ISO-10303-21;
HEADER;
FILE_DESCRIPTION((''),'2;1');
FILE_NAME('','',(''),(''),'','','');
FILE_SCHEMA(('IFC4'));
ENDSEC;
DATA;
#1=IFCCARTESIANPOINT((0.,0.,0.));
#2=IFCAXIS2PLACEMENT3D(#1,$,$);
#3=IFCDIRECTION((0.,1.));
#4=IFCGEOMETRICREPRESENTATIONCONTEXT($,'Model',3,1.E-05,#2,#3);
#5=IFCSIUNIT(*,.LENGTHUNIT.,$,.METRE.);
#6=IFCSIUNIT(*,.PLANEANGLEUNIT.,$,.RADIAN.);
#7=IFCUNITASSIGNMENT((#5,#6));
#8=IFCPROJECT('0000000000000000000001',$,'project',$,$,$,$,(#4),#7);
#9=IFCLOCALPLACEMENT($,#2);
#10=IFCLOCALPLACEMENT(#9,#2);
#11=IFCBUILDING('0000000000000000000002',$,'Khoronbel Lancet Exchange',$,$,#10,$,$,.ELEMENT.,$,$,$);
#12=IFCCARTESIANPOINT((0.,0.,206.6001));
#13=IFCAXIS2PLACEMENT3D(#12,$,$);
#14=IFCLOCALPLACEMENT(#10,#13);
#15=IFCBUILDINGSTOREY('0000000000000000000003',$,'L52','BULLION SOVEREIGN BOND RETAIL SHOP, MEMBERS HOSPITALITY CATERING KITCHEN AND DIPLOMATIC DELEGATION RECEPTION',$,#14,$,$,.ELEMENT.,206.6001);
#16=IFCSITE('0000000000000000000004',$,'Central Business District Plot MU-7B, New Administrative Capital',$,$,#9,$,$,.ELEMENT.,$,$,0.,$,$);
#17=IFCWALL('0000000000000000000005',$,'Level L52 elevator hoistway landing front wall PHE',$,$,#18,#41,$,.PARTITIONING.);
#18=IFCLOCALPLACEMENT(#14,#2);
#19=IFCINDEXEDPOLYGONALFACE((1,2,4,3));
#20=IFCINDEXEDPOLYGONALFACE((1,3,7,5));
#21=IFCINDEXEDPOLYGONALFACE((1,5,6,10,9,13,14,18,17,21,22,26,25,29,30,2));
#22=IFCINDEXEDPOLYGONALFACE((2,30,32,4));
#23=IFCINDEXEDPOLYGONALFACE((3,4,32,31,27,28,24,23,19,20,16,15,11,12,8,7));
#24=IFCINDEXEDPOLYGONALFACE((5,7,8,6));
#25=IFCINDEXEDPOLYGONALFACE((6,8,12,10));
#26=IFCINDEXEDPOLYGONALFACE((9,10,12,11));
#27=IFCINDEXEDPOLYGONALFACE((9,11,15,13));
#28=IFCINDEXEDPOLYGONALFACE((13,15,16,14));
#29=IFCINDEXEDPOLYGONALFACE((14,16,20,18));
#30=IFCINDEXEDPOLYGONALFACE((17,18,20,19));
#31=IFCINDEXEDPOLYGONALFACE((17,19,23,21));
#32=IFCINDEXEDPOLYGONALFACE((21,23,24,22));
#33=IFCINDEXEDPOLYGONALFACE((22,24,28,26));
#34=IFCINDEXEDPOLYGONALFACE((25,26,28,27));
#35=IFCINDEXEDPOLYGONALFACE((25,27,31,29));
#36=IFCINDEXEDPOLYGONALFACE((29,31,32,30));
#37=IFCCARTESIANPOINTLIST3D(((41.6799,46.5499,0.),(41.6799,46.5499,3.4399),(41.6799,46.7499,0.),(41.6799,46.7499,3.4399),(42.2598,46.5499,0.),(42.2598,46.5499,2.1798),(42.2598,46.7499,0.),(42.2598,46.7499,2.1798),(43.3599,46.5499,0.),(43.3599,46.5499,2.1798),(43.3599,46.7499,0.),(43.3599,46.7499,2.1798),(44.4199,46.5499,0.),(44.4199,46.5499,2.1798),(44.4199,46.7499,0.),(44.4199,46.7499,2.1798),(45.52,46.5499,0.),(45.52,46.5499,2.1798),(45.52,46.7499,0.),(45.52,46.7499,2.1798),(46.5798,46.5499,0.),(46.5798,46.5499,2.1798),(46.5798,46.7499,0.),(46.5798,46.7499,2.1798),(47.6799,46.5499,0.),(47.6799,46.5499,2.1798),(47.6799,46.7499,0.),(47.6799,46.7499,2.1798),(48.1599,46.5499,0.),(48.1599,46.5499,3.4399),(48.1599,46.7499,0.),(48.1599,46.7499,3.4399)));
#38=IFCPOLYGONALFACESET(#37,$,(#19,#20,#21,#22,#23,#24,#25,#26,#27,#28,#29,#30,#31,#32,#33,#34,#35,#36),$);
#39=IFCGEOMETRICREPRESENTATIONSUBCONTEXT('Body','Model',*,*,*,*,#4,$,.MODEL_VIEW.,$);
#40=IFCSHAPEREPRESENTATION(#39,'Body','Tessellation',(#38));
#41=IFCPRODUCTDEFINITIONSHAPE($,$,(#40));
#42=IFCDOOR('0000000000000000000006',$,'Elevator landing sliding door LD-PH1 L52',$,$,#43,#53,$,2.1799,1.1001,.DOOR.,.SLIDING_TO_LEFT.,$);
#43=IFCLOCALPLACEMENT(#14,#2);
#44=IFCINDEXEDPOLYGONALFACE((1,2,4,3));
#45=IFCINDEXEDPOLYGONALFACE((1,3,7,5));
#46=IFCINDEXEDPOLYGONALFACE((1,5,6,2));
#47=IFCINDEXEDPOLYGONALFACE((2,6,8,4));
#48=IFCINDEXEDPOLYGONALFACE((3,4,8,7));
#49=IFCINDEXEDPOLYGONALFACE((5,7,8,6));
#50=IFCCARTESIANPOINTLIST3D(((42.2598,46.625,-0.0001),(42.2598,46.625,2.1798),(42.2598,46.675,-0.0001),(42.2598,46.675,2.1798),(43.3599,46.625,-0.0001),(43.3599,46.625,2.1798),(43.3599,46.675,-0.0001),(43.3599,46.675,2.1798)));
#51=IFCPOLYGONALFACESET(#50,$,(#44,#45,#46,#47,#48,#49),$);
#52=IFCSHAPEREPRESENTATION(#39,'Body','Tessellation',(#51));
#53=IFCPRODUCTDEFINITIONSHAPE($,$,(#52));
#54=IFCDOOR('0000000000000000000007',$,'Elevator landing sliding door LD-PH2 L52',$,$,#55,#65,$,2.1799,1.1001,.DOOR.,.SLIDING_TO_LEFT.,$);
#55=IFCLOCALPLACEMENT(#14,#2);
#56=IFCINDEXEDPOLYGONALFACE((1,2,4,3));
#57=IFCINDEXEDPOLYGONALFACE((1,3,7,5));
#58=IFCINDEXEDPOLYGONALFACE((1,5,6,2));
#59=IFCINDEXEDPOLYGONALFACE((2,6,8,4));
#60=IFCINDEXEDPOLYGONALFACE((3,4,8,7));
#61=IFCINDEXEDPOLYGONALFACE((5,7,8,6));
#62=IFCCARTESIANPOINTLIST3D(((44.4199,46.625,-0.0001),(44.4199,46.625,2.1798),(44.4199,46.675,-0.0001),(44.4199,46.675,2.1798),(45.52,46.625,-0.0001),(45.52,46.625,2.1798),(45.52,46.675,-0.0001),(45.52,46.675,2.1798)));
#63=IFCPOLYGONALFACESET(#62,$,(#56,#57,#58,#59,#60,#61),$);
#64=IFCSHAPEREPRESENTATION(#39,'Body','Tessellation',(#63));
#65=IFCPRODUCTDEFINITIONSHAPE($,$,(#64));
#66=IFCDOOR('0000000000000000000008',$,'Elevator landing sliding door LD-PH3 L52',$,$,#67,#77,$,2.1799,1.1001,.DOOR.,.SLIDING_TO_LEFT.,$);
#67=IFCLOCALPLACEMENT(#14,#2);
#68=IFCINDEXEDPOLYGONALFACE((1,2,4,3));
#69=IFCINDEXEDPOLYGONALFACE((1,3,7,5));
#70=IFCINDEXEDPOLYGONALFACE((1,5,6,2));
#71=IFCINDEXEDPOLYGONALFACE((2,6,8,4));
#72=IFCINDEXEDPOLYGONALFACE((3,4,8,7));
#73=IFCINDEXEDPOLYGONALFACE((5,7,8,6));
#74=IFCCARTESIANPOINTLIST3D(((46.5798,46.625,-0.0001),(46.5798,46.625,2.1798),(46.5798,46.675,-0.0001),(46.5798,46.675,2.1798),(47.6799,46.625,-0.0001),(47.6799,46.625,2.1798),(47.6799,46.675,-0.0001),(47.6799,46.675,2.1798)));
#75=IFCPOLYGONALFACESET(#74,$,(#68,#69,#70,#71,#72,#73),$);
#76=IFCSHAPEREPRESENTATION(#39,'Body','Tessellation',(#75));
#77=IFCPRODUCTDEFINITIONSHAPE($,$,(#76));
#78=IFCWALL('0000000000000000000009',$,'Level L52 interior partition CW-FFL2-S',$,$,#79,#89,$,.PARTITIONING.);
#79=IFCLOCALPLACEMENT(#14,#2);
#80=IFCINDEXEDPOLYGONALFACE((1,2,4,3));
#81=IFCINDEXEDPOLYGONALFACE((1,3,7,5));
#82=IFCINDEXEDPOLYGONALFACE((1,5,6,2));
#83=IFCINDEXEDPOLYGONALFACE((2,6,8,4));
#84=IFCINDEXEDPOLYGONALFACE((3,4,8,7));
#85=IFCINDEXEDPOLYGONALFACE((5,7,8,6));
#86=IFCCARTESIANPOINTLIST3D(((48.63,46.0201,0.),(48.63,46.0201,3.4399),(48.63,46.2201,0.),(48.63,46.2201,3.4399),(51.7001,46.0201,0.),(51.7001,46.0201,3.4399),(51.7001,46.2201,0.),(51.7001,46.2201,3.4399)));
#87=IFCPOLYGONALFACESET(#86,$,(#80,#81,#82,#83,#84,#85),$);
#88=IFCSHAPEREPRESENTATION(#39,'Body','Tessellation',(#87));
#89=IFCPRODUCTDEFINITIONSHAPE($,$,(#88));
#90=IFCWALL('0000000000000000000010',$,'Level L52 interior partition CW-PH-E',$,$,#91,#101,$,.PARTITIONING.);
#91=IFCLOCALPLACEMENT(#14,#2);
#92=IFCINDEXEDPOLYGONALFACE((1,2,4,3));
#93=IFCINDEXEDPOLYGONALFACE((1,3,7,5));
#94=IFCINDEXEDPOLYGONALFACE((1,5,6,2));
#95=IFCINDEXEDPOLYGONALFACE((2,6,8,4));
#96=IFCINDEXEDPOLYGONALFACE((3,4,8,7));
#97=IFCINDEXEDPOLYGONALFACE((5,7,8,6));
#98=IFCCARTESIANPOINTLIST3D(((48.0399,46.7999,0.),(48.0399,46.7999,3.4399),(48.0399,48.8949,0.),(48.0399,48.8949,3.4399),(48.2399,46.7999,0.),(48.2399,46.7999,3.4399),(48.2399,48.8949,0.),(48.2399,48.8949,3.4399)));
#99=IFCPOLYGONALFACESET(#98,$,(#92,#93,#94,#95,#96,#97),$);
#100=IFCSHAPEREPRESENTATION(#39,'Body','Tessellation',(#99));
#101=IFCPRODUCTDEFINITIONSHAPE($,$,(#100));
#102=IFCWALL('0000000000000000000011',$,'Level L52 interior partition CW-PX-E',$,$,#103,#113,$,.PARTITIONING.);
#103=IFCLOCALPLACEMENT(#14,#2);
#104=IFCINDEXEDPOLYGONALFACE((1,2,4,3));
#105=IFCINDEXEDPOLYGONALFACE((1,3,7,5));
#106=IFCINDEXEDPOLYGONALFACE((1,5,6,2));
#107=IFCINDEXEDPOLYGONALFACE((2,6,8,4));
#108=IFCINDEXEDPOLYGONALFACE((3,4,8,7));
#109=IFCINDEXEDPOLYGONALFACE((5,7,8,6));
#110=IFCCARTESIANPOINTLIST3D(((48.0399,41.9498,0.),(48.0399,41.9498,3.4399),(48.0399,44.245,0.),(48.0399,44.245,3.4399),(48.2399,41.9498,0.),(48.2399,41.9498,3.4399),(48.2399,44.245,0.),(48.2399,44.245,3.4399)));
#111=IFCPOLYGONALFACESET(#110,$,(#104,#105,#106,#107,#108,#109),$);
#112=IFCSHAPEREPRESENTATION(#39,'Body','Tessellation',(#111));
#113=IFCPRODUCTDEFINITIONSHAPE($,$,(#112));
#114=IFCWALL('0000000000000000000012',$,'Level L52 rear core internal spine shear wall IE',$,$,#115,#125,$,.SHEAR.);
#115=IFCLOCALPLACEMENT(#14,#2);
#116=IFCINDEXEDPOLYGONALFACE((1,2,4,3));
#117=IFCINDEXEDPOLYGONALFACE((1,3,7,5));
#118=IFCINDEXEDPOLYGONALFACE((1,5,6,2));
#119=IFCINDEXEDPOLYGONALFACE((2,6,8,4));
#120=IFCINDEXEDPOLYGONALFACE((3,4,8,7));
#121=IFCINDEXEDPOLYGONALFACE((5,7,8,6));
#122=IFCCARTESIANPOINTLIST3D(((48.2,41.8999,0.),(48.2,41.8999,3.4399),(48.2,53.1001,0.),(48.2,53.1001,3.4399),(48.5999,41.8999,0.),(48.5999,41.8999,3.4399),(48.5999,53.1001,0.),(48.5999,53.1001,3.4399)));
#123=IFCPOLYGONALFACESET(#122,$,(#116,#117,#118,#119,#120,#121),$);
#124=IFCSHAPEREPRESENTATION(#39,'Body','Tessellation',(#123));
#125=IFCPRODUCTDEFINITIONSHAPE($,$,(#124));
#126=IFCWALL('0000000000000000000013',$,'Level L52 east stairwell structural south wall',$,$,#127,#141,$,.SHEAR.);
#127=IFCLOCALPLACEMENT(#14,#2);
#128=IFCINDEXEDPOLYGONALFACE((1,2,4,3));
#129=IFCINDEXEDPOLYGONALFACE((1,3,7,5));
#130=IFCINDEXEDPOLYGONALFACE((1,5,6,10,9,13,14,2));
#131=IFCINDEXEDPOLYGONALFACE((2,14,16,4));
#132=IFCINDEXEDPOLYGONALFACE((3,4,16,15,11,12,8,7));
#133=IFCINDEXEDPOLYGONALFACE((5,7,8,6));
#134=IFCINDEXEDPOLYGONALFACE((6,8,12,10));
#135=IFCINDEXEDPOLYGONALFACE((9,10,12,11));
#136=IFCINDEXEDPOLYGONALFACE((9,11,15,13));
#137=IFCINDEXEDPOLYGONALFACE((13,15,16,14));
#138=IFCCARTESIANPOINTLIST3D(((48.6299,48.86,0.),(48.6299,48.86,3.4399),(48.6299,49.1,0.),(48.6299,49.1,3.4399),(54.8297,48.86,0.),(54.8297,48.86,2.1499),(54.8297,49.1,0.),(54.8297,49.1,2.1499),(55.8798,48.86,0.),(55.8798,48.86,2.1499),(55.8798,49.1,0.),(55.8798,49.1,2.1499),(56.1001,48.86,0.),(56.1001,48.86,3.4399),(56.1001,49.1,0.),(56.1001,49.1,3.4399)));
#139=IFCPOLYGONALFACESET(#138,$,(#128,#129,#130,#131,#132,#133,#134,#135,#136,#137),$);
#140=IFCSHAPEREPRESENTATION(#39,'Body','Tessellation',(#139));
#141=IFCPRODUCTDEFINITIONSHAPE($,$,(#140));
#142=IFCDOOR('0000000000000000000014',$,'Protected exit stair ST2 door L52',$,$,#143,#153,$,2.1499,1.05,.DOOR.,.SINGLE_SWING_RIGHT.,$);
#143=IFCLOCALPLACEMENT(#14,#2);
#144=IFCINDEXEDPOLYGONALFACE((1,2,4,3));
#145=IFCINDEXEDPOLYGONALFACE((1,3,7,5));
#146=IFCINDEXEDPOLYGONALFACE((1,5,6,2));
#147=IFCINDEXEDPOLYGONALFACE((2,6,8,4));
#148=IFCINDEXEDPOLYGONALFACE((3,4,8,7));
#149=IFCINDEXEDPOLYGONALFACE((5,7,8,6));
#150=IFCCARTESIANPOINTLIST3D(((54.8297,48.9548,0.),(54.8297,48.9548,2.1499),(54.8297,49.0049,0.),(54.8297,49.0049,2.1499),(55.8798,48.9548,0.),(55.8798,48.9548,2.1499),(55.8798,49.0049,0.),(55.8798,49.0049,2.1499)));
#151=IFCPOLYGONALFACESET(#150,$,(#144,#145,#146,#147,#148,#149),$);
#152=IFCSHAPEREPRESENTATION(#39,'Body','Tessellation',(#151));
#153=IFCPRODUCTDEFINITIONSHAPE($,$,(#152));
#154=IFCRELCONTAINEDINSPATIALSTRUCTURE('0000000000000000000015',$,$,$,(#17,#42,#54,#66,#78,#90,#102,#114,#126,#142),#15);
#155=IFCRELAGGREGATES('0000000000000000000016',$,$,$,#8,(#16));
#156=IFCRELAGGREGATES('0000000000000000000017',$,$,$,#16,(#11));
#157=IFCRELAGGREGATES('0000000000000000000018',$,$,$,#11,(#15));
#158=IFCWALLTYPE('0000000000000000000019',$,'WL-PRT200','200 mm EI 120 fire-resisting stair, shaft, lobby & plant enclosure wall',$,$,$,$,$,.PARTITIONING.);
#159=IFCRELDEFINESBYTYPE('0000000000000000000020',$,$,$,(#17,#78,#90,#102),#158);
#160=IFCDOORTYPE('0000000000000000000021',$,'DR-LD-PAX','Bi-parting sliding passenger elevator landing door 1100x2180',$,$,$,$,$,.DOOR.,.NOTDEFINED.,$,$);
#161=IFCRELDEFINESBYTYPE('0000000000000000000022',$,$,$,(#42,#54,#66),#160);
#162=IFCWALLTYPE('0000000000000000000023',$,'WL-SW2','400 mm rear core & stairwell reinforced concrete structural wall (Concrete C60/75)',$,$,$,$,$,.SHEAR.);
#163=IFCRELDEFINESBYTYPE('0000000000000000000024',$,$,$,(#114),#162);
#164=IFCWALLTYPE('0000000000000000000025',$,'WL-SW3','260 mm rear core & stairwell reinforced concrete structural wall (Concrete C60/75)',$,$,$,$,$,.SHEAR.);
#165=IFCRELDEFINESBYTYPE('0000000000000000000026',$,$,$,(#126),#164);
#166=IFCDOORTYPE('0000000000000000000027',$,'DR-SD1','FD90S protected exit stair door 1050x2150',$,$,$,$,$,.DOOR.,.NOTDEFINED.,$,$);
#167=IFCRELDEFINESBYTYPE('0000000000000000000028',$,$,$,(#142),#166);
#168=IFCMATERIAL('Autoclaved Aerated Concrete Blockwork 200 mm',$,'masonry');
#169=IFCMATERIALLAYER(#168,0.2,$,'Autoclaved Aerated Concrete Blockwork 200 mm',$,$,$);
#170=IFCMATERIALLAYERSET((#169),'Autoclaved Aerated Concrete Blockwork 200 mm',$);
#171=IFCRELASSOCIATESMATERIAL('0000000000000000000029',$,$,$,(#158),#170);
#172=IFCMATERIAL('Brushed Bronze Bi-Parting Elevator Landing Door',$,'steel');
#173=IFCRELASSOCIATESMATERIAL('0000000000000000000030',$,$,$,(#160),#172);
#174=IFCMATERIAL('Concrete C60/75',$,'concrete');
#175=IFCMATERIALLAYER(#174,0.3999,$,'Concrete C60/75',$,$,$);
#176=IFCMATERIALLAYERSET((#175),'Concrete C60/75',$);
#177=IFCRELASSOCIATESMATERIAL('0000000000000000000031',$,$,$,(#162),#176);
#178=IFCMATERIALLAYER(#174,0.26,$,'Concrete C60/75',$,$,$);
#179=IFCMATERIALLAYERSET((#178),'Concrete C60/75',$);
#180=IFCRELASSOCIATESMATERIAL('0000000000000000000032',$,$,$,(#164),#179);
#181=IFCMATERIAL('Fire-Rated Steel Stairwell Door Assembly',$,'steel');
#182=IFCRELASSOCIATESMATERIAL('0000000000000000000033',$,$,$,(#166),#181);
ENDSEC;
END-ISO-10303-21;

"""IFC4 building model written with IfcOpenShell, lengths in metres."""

from ifc_helpers import new_model, si_unit, direction, frame, frame_2d, origin, place, context, subcontext, project, spatial, rectangle, extrude, material, layer, layer_set, type_object, element, fill, save


model = new_model("IFC4")

# Units and contexts
model_context = context("Model", 3, precision=1e-05, world=origin(), true_north=direction((0.0, 1.0)))
body_context = subcontext(model_context, "Body", "Model", "MODEL_VIEW")
ifc_project = project(units=[si_unit("LENGTHUNIT", "METRE"), si_unit("PLANEANGLEUNIT", "RADIAN")], contexts=[model_context])

# Site, building, storey
site_placement = place(None, origin())
site = spatial("IfcSite", under=ifc_project, at=site_placement, Name="Central Business District Plot MU-7B, New Administrative Capital", CompositionType="ELEMENT", RefElevation=0.0)
building_placement = place(site_placement, origin())
building = spatial("IfcBuilding", under=site, at=building_placement, Name="Khoronbel Lancet Exchange", CompositionType="ELEMENT")
storey_placement = place(building_placement, frame((0.0, 0.0, 206.6001)))
storey = spatial("IfcBuildingStorey", under=building, at=storey_placement, Name="L52", Description="BULLION SOVEREIGN BOND RETAIL SHOP, MEMBERS HOSPITALITY CATERING KITCHEN AND DIPLOMATIC DELEGATION RECEPTION", CompositionType="ELEMENT", Elevation=206.6001)

# Shared definitions
ifc_material_1 = material(Name="Autoclaved Aerated Concrete Blockwork 200 mm", Category="masonry")
ifc_layer_1 = layer(ifc_material_1, 0.2, Name="Autoclaved Aerated Concrete Blockwork 200 mm")
ifc_layer_set_1 = layer_set([ifc_layer_1], Name="Autoclaved Aerated Concrete Blockwork 200 mm")
wall_type_1 = type_object("IfcWallType", Name="WL-PRT200", Description="200 mm EI 120 fire-resisting stair, shaft, lobby & plant enclosure wall", PredefinedType="PARTITIONING", material=ifc_layer_set_1)

# Wall, openings, doors
wall_1_placement = place(storey_placement, frame((48.1599, 46.6499, 0.0), z_axis=(0.0, 0.0, 1.0), x_axis=(-1.0, 0.0, 0.0)))
wall_1 = element("IfcWall", 1, at=wall_1_placement, inside=storey, type_object=wall_type_1, Name="Level L52 elevator hoistway landing front wall PHE", PredefinedType="PARTITIONING", context=body_context, shape_type="SweptSolid", body=[
    extrude(rectangle(XDim=6.48, YDim=0.2, at=frame_2d((3.24, 0.0))), origin(), (0.0, 0.0, 1.0), 3.4399),
])
opening_1_placement = place(wall_1_placement, frame((4.8, 0.0, 0.0)))
opening_1 = element("IfcOpeningElement", 2, at=opening_1_placement, cuts=wall_1, PredefinedType="OPENING", context=body_context, shape_type="SweptSolid", body=[
    extrude(rectangle(XDim=1.1001, YDim=2.1799, at=frame_2d((0.55, 1.0898))), frame((0.0, 0.1099, 0.0), z_axis=(0.0, -1.0, 0.0), x_axis=(1.0, 0.0, 0.0)), (0.0, 0.0, 1.0), 0.22),
])
opening_2_placement = place(wall_1_placement, frame((2.6399, 0.0, 0.0)))
opening_2 = element("IfcOpeningElement", 3, at=opening_2_placement, cuts=wall_1, PredefinedType="OPENING", context=body_context, shape_type="SweptSolid", body=[
    extrude(rectangle(XDim=1.1001, YDim=2.1799, at=frame_2d((0.55, 1.0898))), frame((0.0, 0.1099, 0.0), z_axis=(0.0, -1.0, 0.0), x_axis=(1.0, 0.0, 0.0)), (0.0, 0.0, 1.0), 0.22),
])
opening_3_placement = place(wall_1_placement, frame((0.48, 0.0, 0.0)))
opening_3 = element("IfcOpeningElement", 4, at=opening_3_placement, cuts=wall_1, PredefinedType="OPENING", context=body_context, shape_type="SweptSolid", body=[
    extrude(rectangle(XDim=1.1001, YDim=2.1799, at=frame_2d((0.55, 1.0898))), frame((0.0, 0.1099, 0.0), z_axis=(0.0, -1.0, 0.0), x_axis=(1.0, 0.0, 0.0)), (0.0, 0.0, 1.0), 0.22),
])
ifc_material_2 = material(Name="Brushed Bronze Bi-Parting Elevator Landing Door", Category="steel")
door_type_1 = type_object("IfcDoorType", Name="DR-LD-PAX", Description="Bi-parting sliding passenger elevator landing door 1100x2180", OperationType="NOTDEFINED", PredefinedType="DOOR", material=ifc_material_2)
door_1_placement = place(opening_1_placement, origin())
door_1 = element("IfcDoor", 5, at=door_1_placement, inside=storey, type_object=door_type_1, Name="Elevator landing sliding door LD-PH1 L52", OperationType="SLIDING_TO_LEFT", OverallHeight=2.1799, OverallWidth=1.1001, PredefinedType="DOOR", context=body_context, shape_type="SweptSolid", body=[
    extrude(rectangle(XDim=1.1001, YDim=2.1799, at=frame_2d((0.55, 1.0898))), frame((0.0, 0.0249, 0.0), z_axis=(0.0, -1.0, 0.0), x_axis=(1.0, 0.0, 0.0)), (0.0, 0.0, 1.0), 0.05),
])
fill(opening_1, door_1)
door_2_placement = place(opening_2_placement, origin())
door_2 = element("IfcDoor", 6, at=door_2_placement, inside=storey, type_object=door_type_1, Name="Elevator landing sliding door LD-PH2 L52", OperationType="SLIDING_TO_LEFT", OverallHeight=2.1799, OverallWidth=1.1001, PredefinedType="DOOR", context=body_context, shape_type="SweptSolid", body=[
    extrude(rectangle(XDim=1.1001, YDim=2.1799, at=frame_2d((0.55, 1.0898))), frame((0.0, 0.0249, 0.0), z_axis=(0.0, -1.0, 0.0), x_axis=(1.0, 0.0, 0.0)), (0.0, 0.0, 1.0), 0.05),
])
fill(opening_2, door_2)
door_3_placement = place(opening_3_placement, origin())
door_3 = element("IfcDoor", 7, at=door_3_placement, inside=storey, type_object=door_type_1, Name="Elevator landing sliding door LD-PH3 L52", OperationType="SLIDING_TO_LEFT", OverallHeight=2.1799, OverallWidth=1.1001, PredefinedType="DOOR", context=body_context, shape_type="SweptSolid", body=[
    extrude(rectangle(XDim=1.1001, YDim=2.1799, at=frame_2d((0.55, 1.0898))), frame((0.0, 0.0249, 0.0), z_axis=(0.0, -1.0, 0.0), x_axis=(1.0, 0.0, 0.0)), (0.0, 0.0, 1.0), 0.05),
])
fill(opening_3, door_3)

# Walls
wall_2_placement = place(storey_placement, frame((48.6299, 46.1201, 0.0), z_axis=(0.0, 0.0, 1.0), x_axis=(1.0, 0.0, 0.0)))
element("IfcWall", 8, at=wall_2_placement, inside=storey, type_object=wall_type_1, Name="Level L52 interior partition CW-FFL2-S", PredefinedType="PARTITIONING", context=body_context, shape_type="SweptSolid", body=[
    extrude(rectangle(XDim=3.0701, YDim=0.2, at=frame_2d((1.5352, 0.0))), origin(), (0.0, 0.0, 1.0), 3.4399),
])
wall_3_placement = place(storey_placement, frame((48.1399, 46.8, 0.0), z_axis=(0.0, 0.0, 1.0), x_axis=(0.0, 1.0, 0.0)))
element("IfcWall", 9, at=wall_3_placement, inside=storey, type_object=wall_type_1, Name="Level L52 interior partition CW-PH-E", PredefinedType="PARTITIONING", context=body_context, shape_type="SweptSolid", body=[
    extrude(rectangle(XDim=2.095, YDim=0.2, at=frame_2d((1.0474, 0.0))), origin(), (0.0, 0.0, 1.0), 3.4399),
])
wall_4_placement = place(storey_placement, frame((48.1399, 41.95, 0.0), z_axis=(0.0, 0.0, 1.0), x_axis=(0.0, 1.0, 0.0)))
element("IfcWall", 10, at=wall_4_placement, inside=storey, type_object=wall_type_1, Name="Level L52 interior partition CW-PX-E", PredefinedType="PARTITIONING", context=body_context, shape_type="SweptSolid", body=[
    extrude(rectangle(XDim=2.2952, YDim=0.2, at=frame_2d((1.1475, 0.0))), origin(), (0.0, 0.0, 1.0), 3.4399),
])
ifc_material_3 = material(Name="Concrete C60/75", Category="concrete")
ifc_layer_2 = layer(ifc_material_3, 0.3999, Name="Concrete C60/75")
ifc_layer_set_2 = layer_set([ifc_layer_2], Name="Concrete C60/75")
wall_type_2 = type_object("IfcWallType", Name="WL-SW2", Description="400 mm rear core & stairwell reinforced concrete structural wall (Concrete C60/75)", PredefinedType="SHEAR", material=ifc_layer_set_2)
wall_5_placement = place(storey_placement, frame((48.3999, 41.8999, 0.0), z_axis=(0.0, 0.0, 1.0), x_axis=(0.0, 1.0, 0.0)))
element("IfcWall", 11, at=wall_5_placement, inside=storey, type_object=wall_type_2, Name="Level L52 rear core internal spine shear wall IE", PredefinedType="SHEAR", context=body_context, shape_type="SweptSolid", body=[
    extrude(rectangle(XDim=11.2002, YDim=0.3999, at=frame_2d((5.6001, 0.0))), origin(), (0.0, 0.0, 1.0), 3.4399),
])

# Wall, opening, door
ifc_layer_3 = layer(ifc_material_3, 0.26, Name="Concrete C60/75")
ifc_layer_set_3 = layer_set([ifc_layer_3], Name="Concrete C60/75")
wall_type_3 = type_object("IfcWallType", Name="WL-SW3", Description="260 mm rear core & stairwell reinforced concrete structural wall (Concrete C60/75)", PredefinedType="SHEAR", material=ifc_layer_set_3)
wall_6_placement = place(storey_placement, frame((48.6299, 48.98, 0.0), z_axis=(0.0, 0.0, 1.0), x_axis=(1.0, 0.0, 0.0)))
wall_6 = element("IfcWall", 12, at=wall_6_placement, inside=storey, type_object=wall_type_3, Name="Level L52 east stairwell structural south wall", PredefinedType="SHEAR", context=body_context, shape_type="SweptSolid", body=[
    extrude(rectangle(XDim=7.4702, YDim=0.24, at=frame_2d((3.7351, 0.0))), origin(), (0.0, 0.0, 1.0), 3.4399),
])
opening_4_placement = place(wall_6_placement, frame((6.2, 0.0, 0.0)))
opening_4 = element("IfcOpeningElement", 13, at=opening_4_placement, cuts=wall_6, PredefinedType="OPENING", context=body_context, shape_type="SweptSolid", body=[
    extrude(rectangle(XDim=1.05, YDim=2.1499, at=frame_2d((0.5249, 1.075))), frame((0.0, 0.1299, 0.0), z_axis=(0.0, -1.0, 0.0), x_axis=(1.0, 0.0, 0.0)), (0.0, 0.0, 1.0), 0.26),
])
ifc_material_4 = material(Name="Fire-Rated Steel Stairwell Door Assembly", Category="steel")
door_type_2 = type_object("IfcDoorType", Name="DR-SD1", Description="FD90S protected exit stair door 1050x2150", OperationType="NOTDEFINED", PredefinedType="DOOR", material=ifc_material_4)
door_4_placement = place(opening_4_placement, origin())
door_4 = element("IfcDoor", 14, at=door_4_placement, inside=storey, type_object=door_type_2, Name="Protected exit stair ST2 door L52", OperationType="SINGLE_SWING_RIGHT", OverallHeight=2.1499, OverallWidth=1.05, PredefinedType="DOOR", context=body_context, shape_type="SweptSolid", body=[
    extrude(rectangle(XDim=1.05, YDim=2.1499, at=frame_2d((0.5249, 1.075))), frame((0.0, 0.0249, 0.0), z_axis=(0.0, -1.0, 0.0), x_axis=(1.0, 0.0, 0.0)), (0.0, 0.0, 1.0), 0.05),
])
fill(opening_4, door_4)

save(model, "model.ifc")
